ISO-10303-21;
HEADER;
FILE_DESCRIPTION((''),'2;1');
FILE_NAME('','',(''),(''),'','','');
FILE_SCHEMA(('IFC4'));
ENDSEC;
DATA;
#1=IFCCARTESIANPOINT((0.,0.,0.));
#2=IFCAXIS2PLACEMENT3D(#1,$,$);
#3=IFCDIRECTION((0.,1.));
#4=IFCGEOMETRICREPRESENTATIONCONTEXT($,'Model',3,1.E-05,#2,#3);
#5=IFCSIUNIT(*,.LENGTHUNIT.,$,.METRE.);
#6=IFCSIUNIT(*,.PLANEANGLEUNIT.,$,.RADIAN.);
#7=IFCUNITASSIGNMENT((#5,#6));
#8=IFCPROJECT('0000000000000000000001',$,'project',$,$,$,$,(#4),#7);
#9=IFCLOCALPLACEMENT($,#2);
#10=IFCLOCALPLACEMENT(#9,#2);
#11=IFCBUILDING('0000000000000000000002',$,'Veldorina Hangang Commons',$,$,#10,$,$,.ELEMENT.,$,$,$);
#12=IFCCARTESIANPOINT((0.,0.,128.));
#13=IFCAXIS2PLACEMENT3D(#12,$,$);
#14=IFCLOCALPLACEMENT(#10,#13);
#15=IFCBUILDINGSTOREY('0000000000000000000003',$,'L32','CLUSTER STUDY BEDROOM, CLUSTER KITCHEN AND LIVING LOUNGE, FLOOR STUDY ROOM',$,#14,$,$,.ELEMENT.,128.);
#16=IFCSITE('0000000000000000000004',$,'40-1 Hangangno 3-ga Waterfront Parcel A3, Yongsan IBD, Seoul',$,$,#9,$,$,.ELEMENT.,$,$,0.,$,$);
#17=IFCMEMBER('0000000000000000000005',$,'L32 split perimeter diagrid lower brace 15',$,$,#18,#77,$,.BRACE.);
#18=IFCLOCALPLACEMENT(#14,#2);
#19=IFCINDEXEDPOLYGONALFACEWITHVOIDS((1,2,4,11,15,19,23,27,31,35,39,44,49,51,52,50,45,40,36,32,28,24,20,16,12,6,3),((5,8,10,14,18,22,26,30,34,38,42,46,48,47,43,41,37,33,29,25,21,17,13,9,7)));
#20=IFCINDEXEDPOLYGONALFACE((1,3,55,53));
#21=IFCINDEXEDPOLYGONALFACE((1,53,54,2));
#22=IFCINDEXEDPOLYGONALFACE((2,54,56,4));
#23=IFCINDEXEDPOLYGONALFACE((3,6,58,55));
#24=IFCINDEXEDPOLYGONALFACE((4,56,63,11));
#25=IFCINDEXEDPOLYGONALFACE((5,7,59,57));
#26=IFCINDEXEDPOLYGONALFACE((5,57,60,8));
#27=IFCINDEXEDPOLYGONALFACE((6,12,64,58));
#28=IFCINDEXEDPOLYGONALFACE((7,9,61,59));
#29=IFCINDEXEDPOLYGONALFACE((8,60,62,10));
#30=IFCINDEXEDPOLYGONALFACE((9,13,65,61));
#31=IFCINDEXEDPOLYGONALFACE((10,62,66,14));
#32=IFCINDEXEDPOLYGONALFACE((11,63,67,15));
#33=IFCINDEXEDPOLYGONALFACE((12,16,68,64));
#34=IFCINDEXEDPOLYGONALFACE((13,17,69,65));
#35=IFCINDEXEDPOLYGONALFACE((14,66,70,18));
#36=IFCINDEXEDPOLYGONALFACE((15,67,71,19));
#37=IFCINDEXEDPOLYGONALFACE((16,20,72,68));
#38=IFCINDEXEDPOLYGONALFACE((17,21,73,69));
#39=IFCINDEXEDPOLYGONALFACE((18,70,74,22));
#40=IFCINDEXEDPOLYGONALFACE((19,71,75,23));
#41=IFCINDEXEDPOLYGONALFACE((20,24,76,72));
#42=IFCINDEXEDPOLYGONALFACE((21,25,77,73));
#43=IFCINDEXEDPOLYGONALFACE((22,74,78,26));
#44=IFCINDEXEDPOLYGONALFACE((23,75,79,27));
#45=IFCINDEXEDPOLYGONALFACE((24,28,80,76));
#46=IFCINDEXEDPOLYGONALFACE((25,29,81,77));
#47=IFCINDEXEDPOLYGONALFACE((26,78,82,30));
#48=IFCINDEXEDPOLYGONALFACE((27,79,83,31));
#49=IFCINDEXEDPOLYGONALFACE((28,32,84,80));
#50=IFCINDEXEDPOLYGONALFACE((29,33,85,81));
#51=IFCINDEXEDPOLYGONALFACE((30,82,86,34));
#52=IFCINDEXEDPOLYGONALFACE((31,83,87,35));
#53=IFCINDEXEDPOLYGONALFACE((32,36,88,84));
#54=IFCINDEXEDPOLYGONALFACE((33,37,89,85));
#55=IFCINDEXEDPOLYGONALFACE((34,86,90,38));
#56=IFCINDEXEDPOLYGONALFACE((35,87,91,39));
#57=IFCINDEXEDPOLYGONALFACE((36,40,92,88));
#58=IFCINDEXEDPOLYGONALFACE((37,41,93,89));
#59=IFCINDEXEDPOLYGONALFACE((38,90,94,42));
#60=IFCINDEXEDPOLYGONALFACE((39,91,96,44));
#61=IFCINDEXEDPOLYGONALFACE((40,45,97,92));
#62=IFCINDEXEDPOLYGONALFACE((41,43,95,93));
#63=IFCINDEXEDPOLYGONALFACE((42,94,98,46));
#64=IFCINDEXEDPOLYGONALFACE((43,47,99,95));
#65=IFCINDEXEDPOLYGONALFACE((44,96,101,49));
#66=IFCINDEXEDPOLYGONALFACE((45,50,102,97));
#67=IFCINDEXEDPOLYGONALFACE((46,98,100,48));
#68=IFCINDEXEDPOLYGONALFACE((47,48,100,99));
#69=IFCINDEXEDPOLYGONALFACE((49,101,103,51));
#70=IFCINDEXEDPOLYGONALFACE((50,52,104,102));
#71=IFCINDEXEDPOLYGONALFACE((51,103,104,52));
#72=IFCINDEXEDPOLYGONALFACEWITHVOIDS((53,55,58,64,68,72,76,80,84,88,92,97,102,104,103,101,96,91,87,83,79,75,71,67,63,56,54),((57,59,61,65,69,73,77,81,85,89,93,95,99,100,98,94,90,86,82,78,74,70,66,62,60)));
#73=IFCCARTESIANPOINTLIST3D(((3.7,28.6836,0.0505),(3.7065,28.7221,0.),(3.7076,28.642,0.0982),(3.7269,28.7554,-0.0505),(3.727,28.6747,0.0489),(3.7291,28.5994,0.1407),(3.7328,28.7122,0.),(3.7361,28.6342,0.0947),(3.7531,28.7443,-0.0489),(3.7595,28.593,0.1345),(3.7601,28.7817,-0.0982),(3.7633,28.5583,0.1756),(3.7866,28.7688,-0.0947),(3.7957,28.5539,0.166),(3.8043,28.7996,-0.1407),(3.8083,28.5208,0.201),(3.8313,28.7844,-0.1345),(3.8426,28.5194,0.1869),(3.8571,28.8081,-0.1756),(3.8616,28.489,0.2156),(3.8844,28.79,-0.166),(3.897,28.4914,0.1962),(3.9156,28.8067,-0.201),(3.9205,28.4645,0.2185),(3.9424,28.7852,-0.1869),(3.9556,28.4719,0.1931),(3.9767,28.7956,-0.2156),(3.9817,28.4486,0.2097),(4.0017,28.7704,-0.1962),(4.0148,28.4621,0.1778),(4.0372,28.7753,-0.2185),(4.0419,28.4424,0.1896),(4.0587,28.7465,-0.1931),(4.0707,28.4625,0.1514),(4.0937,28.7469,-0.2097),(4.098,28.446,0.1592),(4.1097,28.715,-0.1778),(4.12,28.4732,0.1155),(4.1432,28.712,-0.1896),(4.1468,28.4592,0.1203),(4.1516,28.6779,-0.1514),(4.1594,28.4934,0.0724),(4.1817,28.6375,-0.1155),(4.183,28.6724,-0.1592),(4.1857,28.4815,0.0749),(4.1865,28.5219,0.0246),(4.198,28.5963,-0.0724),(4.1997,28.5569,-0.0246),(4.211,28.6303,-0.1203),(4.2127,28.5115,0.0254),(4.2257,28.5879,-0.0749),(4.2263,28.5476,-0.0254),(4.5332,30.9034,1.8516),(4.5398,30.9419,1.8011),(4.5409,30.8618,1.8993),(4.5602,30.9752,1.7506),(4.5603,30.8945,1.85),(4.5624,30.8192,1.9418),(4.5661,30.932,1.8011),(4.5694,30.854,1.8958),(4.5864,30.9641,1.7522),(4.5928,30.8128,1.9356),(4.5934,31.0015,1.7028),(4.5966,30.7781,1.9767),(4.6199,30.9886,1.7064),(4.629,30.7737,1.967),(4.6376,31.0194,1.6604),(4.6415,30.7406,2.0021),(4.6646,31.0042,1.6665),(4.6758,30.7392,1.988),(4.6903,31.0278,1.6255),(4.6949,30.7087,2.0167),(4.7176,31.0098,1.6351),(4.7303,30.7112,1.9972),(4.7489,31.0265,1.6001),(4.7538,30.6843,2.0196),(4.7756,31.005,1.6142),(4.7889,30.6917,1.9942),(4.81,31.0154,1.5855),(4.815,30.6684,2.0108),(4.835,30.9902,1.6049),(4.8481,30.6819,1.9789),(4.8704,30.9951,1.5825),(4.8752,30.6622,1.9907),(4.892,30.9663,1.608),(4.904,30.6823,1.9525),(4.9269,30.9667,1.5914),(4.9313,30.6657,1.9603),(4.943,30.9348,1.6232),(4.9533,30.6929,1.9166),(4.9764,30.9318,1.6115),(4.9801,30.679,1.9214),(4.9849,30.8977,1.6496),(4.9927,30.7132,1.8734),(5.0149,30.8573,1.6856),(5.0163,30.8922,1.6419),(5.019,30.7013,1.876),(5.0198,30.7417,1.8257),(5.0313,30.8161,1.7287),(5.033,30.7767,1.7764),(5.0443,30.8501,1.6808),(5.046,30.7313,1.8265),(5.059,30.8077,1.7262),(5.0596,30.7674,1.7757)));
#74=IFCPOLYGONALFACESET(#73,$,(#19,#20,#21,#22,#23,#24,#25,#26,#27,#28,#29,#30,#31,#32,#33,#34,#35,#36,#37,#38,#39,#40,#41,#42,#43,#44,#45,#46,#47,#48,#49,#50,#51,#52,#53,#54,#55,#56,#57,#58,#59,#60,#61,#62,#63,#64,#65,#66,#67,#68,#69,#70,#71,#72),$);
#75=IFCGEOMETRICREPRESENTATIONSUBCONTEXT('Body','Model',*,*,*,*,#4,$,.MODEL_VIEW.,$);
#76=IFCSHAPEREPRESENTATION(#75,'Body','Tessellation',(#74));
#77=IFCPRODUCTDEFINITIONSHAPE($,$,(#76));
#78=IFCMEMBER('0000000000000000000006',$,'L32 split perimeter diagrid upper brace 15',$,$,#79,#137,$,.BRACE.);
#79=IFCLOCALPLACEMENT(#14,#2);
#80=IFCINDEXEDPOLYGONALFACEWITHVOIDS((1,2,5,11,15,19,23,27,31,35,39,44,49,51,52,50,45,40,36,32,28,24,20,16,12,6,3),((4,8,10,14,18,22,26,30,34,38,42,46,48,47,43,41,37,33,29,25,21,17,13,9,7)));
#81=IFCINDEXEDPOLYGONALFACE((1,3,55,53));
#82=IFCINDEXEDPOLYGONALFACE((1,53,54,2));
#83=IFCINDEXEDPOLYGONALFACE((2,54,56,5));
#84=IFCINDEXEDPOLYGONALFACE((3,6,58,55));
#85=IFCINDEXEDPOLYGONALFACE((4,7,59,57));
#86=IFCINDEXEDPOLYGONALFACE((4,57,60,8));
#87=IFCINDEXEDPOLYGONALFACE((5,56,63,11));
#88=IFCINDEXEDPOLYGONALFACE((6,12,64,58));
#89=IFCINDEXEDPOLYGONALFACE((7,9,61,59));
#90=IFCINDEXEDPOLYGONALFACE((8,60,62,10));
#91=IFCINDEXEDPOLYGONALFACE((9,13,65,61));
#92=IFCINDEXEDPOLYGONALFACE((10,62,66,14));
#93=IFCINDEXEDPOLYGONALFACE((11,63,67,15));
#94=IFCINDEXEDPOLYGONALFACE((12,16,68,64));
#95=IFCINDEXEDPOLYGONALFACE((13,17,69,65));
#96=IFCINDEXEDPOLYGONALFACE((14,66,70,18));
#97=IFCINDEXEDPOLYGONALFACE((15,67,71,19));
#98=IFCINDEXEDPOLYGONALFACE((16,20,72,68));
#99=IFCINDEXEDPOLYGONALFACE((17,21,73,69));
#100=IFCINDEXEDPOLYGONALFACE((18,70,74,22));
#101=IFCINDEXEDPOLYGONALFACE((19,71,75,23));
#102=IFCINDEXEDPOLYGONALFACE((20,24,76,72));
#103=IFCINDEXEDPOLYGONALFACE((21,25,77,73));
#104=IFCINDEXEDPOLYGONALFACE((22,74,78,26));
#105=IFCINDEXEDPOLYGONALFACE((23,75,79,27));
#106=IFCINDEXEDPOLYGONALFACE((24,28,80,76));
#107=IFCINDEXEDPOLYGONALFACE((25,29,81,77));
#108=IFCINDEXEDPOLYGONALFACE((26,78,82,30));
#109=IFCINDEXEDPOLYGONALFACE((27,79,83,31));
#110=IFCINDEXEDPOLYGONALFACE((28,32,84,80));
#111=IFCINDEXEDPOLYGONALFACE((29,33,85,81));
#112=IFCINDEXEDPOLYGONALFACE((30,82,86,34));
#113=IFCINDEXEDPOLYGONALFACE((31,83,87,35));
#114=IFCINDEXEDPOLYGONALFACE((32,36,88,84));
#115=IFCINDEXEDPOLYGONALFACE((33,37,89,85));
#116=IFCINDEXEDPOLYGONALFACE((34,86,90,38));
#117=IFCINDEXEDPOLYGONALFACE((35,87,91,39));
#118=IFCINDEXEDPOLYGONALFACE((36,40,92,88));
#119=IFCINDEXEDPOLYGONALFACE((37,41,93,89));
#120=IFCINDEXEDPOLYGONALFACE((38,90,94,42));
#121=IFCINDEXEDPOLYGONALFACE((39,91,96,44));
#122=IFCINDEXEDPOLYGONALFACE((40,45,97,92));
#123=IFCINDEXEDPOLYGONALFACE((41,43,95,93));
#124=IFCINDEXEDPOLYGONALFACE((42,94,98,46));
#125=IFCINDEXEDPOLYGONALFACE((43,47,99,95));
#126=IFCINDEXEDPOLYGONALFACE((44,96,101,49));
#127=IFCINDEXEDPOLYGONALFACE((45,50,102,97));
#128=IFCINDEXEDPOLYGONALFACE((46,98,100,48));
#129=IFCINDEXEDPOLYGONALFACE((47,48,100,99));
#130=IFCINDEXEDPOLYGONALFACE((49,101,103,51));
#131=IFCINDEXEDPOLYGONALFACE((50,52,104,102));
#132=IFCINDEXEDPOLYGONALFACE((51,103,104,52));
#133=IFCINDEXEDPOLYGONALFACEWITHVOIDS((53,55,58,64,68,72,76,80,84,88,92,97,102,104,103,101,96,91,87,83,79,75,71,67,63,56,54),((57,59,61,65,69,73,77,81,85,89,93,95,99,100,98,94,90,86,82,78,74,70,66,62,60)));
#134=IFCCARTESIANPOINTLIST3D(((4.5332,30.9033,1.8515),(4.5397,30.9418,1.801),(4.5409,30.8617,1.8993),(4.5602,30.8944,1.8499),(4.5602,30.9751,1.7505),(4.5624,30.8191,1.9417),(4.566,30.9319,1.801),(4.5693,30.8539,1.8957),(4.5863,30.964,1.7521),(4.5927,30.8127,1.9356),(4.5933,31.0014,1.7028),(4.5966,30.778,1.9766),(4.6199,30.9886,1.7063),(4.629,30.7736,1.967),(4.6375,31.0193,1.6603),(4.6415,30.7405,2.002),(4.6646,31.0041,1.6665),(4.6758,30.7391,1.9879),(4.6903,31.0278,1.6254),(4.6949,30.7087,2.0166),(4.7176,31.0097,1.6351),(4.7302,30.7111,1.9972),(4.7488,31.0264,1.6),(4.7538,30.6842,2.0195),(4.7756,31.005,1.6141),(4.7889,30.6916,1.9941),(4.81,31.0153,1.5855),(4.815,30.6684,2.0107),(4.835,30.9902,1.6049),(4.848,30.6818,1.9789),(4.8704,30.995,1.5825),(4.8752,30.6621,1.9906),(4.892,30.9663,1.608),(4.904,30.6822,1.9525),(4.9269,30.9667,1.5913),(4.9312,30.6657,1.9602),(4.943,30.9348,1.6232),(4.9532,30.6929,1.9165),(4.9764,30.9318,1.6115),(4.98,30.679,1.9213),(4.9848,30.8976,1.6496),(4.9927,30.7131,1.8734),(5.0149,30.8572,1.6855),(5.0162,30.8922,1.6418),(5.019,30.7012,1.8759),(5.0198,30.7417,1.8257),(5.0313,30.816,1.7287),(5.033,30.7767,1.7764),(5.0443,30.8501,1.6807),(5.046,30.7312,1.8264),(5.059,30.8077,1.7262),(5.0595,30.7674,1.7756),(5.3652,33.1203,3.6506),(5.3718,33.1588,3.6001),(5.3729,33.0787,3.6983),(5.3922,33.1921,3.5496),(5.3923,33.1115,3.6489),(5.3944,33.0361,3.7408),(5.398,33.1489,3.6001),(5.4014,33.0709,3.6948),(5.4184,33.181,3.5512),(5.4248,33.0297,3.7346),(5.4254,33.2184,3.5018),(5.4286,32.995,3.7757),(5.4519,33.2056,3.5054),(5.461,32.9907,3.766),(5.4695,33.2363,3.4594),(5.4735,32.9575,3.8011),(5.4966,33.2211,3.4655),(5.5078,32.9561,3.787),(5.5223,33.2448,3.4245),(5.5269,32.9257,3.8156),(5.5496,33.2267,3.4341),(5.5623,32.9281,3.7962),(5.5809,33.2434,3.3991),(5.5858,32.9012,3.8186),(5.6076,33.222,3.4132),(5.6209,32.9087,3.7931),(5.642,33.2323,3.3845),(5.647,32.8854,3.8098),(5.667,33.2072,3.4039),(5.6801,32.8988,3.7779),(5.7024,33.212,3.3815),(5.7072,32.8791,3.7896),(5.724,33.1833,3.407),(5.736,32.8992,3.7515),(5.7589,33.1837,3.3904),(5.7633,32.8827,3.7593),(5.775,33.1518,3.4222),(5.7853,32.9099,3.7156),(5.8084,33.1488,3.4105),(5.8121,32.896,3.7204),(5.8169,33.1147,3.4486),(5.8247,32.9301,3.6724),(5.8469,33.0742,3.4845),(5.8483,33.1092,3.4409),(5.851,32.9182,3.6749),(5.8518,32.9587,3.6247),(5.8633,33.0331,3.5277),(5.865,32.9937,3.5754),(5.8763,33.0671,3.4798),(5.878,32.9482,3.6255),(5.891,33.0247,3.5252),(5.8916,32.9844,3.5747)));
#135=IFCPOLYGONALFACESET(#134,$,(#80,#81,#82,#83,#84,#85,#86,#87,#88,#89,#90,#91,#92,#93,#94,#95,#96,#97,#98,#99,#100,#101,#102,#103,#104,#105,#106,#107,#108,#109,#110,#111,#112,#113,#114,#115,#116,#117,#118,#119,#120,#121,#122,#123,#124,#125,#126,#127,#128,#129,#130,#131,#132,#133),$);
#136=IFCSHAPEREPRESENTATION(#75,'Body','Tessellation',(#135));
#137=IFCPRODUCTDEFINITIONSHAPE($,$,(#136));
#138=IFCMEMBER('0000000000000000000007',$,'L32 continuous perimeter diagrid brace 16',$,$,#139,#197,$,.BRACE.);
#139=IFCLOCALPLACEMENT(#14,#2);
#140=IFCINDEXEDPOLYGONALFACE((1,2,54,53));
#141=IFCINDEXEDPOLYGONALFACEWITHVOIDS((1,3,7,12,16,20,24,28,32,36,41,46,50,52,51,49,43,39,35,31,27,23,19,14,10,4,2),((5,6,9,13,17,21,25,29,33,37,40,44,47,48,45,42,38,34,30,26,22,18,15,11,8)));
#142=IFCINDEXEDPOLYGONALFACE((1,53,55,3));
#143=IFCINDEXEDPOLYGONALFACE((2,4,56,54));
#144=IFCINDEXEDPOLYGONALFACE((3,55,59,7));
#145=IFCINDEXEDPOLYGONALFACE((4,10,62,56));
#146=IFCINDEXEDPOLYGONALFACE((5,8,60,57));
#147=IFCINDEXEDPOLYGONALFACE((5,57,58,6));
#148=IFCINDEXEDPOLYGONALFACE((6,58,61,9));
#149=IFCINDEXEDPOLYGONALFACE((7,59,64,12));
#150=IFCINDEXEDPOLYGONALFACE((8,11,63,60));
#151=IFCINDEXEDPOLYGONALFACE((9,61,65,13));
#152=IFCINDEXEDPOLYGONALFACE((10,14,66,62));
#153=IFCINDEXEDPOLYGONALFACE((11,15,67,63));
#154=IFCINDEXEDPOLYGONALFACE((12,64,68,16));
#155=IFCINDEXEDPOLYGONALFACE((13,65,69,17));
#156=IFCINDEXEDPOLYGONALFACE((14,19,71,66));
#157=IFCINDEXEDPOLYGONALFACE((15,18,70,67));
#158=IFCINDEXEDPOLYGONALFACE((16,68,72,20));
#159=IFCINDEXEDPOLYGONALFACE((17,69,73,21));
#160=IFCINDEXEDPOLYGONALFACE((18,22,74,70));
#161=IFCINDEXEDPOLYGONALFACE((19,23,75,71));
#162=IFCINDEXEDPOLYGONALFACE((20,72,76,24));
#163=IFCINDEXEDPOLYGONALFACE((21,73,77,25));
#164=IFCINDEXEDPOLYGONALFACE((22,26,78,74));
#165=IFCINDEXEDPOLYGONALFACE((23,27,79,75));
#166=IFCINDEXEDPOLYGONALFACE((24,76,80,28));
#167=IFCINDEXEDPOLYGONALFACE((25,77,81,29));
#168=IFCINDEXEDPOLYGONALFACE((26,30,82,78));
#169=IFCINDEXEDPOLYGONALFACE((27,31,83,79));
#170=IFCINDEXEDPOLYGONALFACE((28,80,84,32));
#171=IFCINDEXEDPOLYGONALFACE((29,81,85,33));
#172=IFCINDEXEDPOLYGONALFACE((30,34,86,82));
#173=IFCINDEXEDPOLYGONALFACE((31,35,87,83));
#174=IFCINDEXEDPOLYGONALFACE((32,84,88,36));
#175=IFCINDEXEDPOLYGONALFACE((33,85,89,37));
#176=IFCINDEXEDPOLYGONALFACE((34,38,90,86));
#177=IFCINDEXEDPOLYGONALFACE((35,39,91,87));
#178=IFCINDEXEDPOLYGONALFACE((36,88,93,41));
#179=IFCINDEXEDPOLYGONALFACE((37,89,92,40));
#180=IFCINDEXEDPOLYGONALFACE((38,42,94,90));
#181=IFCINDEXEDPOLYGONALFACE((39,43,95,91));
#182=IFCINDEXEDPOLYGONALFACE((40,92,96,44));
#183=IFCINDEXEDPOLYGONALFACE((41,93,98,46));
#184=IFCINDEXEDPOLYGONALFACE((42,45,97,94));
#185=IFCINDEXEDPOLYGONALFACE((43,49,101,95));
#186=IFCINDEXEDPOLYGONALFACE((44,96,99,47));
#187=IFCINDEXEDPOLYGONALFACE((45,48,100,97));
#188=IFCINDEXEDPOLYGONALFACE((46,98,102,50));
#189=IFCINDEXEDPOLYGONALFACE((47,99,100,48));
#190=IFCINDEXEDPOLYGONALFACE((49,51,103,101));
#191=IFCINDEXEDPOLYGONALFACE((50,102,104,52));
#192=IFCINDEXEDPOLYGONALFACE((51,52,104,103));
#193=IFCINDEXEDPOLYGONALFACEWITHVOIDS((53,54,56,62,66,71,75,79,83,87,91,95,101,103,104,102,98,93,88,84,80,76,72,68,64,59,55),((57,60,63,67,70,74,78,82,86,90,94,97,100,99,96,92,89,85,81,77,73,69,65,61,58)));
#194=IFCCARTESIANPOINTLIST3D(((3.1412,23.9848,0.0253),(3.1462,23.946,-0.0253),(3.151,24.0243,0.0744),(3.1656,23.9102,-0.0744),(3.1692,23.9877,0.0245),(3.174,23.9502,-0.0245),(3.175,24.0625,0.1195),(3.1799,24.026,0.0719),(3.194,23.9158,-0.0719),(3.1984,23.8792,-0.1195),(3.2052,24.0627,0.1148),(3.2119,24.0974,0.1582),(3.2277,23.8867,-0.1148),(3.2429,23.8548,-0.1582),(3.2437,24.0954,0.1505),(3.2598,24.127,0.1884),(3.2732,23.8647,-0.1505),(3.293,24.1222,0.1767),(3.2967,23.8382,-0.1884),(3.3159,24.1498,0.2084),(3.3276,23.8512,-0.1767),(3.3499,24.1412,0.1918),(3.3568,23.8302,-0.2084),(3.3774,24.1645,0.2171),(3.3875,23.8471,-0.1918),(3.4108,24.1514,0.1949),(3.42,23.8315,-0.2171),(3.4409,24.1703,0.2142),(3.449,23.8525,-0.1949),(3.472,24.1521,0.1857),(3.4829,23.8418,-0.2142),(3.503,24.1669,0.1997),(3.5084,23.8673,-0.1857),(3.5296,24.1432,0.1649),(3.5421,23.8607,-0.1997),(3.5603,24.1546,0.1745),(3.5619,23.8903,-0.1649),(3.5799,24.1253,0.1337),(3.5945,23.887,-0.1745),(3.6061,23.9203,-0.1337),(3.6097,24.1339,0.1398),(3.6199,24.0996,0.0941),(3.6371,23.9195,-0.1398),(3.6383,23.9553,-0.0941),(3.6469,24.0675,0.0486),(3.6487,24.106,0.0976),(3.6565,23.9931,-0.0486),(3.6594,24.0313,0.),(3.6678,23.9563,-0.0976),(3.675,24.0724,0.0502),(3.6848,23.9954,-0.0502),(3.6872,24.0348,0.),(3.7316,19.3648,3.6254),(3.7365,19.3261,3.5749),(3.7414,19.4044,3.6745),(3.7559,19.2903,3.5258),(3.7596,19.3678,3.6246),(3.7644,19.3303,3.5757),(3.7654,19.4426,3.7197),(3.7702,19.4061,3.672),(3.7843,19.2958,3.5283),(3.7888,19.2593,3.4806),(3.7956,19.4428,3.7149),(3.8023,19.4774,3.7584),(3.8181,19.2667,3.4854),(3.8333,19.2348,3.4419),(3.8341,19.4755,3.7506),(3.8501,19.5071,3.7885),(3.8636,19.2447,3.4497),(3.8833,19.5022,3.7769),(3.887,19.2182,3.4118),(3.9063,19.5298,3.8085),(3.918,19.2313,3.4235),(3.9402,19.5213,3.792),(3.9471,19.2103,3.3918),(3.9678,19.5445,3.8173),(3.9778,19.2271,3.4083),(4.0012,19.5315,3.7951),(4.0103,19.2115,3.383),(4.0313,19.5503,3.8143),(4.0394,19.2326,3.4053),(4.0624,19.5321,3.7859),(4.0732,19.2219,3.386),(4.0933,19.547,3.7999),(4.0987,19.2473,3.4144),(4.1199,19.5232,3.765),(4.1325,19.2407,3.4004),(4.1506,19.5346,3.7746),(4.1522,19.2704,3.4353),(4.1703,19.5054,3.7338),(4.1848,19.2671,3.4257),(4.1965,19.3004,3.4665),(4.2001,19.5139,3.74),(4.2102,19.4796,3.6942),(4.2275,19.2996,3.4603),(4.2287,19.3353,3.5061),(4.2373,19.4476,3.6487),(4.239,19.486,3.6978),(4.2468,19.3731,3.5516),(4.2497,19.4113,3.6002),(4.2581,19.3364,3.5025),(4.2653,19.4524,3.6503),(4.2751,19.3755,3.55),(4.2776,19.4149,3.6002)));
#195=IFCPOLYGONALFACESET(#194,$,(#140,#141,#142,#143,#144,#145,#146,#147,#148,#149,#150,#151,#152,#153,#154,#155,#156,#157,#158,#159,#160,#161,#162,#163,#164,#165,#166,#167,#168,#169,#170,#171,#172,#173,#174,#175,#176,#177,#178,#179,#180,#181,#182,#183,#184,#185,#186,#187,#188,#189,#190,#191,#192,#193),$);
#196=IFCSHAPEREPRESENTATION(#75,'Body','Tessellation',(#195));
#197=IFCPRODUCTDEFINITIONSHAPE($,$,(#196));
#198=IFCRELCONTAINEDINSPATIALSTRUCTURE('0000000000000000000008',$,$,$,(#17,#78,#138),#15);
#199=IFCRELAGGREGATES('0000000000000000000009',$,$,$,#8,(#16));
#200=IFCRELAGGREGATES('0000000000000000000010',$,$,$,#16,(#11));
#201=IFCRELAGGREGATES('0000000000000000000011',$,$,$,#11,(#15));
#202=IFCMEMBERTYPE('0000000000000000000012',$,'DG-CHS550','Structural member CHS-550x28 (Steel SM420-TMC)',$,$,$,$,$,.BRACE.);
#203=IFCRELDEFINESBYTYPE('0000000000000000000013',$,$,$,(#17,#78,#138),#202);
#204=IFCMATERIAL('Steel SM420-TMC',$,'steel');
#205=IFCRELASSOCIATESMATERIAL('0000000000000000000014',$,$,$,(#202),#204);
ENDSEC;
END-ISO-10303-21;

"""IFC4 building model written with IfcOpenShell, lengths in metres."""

from ifc_helpers import new_model, si_unit, direction, frame, origin, origin_2d, place, context, subcontext, project, spatial, hollow_circle, extrude, material, material_profile, profile_set, type_object, element, save


model = new_model("IFC4")

# Units and contexts
model_context = context("Model", 3, precision=1e-05, world=origin(), true_north=direction((0.0, 1.0)))
body_context = subcontext(model_context, "Body", "Model", "MODEL_VIEW")
ifc_project = project(units=[si_unit("LENGTHUNIT", "METRE"), si_unit("PLANEANGLEUNIT", "RADIAN")], contexts=[model_context])

# Site, building, storey
site_placement = place(None, origin())
site = spatial("IfcSite", under=ifc_project, at=site_placement, Name="40-1 Hangangno 3-ga Waterfront Parcel A3, Yongsan IBD, Seoul", CompositionType="ELEMENT", RefElevation=0.0)
building_placement = place(site_placement, origin())
building = spatial("IfcBuilding", under=site, at=building_placement, Name="Veldorina Hangang Commons", CompositionType="ELEMENT")
storey_placement = place(building_placement, frame((0.0, 0.0, 128.0)))
storey = spatial("IfcBuildingStorey", under=building, at=storey_placement, Name="L32", Description="CLUSTER STUDY BEDROOM, CLUSTER KITCHEN AND LIVING LOUNGE, FLOOR STUDY ROOM", CompositionType="ELEMENT", Elevation=128.0)

# Shared definitions
ifc_material_1 = material(Name="Steel SM420-TMC", Category="steel")

# Members
ifc_material_profile_1 = material_profile(ifc_material_1, hollow_circle(Radius=0.2749, WallThickness=0.0281, at=origin_2d()), Name="CHS-550x28")
ifc_profile_set_1 = profile_set([ifc_material_profile_1], Name="Steel SM420-TMC")
member_type = type_object("IfcMemberType", Name="DG-CHS550", Description="Structural member CHS-550x28 (Steel SM420-TMC)", PredefinedType="BRACE", material=ifc_profile_set_1)
member_1_placement = place(storey_placement, frame((3.9639, 28.6255, 0.0), z_axis=(0.279855, 0.745514, 0.604889), x_axis=(-0.936211, 0.351439, 0.0)))
element("IfcMember", 1, at=member_1_placement, inside=storey, type_object=member_type, Name="L32 split perimeter diagrid lower brace 15", PredefinedType="BRACE", context=body_context, shape_type="SweptSolid", body=[
    extrude(hollow_circle(Radius=0.2749, WallThickness=0.0281, at=origin_2d()), origin(), (0.0, 0.0, 1.0), 2.9775),
])
member_2_placement = place(storey_placement, frame((4.7971, 30.8452, 1.801), z_axis=(0.279776, 0.745494, 0.60495), x_axis=(-0.93624, 0.351361, 0.0)))
element("IfcMember", 2, at=member_2_placement, inside=storey, type_object=member_type, Name="L32 split perimeter diagrid upper brace 15", PredefinedType="BRACE", context=body_context, shape_type="SweptSolid", body=[
    extrude(hollow_circle(Radius=0.2749, WallThickness=0.0281, at=origin_2d()), origin(), (0.0, 0.0, 1.0), 2.9739),
])
member_3_placement = place(storey_placement, frame((3.4146, 24.0, 0.0), z_axis=(0.100284, -0.784808, 0.611572), x_axis=(0.991935, 0.12675, 0.0)))
element("IfcMember", 3, at=member_3_placement, inside=storey, type_object=member_type, Name="L32 continuous perimeter diagrid brace 16", PredefinedType="BRACE", context=body_context, shape_type="SweptSolid", body=[
    extrude(hollow_circle(Radius=0.2749, WallThickness=0.0281, at=origin_2d()), origin(), (0.0, 0.0, 1.0), 5.8867),
])

save(model, "model.ifc")
